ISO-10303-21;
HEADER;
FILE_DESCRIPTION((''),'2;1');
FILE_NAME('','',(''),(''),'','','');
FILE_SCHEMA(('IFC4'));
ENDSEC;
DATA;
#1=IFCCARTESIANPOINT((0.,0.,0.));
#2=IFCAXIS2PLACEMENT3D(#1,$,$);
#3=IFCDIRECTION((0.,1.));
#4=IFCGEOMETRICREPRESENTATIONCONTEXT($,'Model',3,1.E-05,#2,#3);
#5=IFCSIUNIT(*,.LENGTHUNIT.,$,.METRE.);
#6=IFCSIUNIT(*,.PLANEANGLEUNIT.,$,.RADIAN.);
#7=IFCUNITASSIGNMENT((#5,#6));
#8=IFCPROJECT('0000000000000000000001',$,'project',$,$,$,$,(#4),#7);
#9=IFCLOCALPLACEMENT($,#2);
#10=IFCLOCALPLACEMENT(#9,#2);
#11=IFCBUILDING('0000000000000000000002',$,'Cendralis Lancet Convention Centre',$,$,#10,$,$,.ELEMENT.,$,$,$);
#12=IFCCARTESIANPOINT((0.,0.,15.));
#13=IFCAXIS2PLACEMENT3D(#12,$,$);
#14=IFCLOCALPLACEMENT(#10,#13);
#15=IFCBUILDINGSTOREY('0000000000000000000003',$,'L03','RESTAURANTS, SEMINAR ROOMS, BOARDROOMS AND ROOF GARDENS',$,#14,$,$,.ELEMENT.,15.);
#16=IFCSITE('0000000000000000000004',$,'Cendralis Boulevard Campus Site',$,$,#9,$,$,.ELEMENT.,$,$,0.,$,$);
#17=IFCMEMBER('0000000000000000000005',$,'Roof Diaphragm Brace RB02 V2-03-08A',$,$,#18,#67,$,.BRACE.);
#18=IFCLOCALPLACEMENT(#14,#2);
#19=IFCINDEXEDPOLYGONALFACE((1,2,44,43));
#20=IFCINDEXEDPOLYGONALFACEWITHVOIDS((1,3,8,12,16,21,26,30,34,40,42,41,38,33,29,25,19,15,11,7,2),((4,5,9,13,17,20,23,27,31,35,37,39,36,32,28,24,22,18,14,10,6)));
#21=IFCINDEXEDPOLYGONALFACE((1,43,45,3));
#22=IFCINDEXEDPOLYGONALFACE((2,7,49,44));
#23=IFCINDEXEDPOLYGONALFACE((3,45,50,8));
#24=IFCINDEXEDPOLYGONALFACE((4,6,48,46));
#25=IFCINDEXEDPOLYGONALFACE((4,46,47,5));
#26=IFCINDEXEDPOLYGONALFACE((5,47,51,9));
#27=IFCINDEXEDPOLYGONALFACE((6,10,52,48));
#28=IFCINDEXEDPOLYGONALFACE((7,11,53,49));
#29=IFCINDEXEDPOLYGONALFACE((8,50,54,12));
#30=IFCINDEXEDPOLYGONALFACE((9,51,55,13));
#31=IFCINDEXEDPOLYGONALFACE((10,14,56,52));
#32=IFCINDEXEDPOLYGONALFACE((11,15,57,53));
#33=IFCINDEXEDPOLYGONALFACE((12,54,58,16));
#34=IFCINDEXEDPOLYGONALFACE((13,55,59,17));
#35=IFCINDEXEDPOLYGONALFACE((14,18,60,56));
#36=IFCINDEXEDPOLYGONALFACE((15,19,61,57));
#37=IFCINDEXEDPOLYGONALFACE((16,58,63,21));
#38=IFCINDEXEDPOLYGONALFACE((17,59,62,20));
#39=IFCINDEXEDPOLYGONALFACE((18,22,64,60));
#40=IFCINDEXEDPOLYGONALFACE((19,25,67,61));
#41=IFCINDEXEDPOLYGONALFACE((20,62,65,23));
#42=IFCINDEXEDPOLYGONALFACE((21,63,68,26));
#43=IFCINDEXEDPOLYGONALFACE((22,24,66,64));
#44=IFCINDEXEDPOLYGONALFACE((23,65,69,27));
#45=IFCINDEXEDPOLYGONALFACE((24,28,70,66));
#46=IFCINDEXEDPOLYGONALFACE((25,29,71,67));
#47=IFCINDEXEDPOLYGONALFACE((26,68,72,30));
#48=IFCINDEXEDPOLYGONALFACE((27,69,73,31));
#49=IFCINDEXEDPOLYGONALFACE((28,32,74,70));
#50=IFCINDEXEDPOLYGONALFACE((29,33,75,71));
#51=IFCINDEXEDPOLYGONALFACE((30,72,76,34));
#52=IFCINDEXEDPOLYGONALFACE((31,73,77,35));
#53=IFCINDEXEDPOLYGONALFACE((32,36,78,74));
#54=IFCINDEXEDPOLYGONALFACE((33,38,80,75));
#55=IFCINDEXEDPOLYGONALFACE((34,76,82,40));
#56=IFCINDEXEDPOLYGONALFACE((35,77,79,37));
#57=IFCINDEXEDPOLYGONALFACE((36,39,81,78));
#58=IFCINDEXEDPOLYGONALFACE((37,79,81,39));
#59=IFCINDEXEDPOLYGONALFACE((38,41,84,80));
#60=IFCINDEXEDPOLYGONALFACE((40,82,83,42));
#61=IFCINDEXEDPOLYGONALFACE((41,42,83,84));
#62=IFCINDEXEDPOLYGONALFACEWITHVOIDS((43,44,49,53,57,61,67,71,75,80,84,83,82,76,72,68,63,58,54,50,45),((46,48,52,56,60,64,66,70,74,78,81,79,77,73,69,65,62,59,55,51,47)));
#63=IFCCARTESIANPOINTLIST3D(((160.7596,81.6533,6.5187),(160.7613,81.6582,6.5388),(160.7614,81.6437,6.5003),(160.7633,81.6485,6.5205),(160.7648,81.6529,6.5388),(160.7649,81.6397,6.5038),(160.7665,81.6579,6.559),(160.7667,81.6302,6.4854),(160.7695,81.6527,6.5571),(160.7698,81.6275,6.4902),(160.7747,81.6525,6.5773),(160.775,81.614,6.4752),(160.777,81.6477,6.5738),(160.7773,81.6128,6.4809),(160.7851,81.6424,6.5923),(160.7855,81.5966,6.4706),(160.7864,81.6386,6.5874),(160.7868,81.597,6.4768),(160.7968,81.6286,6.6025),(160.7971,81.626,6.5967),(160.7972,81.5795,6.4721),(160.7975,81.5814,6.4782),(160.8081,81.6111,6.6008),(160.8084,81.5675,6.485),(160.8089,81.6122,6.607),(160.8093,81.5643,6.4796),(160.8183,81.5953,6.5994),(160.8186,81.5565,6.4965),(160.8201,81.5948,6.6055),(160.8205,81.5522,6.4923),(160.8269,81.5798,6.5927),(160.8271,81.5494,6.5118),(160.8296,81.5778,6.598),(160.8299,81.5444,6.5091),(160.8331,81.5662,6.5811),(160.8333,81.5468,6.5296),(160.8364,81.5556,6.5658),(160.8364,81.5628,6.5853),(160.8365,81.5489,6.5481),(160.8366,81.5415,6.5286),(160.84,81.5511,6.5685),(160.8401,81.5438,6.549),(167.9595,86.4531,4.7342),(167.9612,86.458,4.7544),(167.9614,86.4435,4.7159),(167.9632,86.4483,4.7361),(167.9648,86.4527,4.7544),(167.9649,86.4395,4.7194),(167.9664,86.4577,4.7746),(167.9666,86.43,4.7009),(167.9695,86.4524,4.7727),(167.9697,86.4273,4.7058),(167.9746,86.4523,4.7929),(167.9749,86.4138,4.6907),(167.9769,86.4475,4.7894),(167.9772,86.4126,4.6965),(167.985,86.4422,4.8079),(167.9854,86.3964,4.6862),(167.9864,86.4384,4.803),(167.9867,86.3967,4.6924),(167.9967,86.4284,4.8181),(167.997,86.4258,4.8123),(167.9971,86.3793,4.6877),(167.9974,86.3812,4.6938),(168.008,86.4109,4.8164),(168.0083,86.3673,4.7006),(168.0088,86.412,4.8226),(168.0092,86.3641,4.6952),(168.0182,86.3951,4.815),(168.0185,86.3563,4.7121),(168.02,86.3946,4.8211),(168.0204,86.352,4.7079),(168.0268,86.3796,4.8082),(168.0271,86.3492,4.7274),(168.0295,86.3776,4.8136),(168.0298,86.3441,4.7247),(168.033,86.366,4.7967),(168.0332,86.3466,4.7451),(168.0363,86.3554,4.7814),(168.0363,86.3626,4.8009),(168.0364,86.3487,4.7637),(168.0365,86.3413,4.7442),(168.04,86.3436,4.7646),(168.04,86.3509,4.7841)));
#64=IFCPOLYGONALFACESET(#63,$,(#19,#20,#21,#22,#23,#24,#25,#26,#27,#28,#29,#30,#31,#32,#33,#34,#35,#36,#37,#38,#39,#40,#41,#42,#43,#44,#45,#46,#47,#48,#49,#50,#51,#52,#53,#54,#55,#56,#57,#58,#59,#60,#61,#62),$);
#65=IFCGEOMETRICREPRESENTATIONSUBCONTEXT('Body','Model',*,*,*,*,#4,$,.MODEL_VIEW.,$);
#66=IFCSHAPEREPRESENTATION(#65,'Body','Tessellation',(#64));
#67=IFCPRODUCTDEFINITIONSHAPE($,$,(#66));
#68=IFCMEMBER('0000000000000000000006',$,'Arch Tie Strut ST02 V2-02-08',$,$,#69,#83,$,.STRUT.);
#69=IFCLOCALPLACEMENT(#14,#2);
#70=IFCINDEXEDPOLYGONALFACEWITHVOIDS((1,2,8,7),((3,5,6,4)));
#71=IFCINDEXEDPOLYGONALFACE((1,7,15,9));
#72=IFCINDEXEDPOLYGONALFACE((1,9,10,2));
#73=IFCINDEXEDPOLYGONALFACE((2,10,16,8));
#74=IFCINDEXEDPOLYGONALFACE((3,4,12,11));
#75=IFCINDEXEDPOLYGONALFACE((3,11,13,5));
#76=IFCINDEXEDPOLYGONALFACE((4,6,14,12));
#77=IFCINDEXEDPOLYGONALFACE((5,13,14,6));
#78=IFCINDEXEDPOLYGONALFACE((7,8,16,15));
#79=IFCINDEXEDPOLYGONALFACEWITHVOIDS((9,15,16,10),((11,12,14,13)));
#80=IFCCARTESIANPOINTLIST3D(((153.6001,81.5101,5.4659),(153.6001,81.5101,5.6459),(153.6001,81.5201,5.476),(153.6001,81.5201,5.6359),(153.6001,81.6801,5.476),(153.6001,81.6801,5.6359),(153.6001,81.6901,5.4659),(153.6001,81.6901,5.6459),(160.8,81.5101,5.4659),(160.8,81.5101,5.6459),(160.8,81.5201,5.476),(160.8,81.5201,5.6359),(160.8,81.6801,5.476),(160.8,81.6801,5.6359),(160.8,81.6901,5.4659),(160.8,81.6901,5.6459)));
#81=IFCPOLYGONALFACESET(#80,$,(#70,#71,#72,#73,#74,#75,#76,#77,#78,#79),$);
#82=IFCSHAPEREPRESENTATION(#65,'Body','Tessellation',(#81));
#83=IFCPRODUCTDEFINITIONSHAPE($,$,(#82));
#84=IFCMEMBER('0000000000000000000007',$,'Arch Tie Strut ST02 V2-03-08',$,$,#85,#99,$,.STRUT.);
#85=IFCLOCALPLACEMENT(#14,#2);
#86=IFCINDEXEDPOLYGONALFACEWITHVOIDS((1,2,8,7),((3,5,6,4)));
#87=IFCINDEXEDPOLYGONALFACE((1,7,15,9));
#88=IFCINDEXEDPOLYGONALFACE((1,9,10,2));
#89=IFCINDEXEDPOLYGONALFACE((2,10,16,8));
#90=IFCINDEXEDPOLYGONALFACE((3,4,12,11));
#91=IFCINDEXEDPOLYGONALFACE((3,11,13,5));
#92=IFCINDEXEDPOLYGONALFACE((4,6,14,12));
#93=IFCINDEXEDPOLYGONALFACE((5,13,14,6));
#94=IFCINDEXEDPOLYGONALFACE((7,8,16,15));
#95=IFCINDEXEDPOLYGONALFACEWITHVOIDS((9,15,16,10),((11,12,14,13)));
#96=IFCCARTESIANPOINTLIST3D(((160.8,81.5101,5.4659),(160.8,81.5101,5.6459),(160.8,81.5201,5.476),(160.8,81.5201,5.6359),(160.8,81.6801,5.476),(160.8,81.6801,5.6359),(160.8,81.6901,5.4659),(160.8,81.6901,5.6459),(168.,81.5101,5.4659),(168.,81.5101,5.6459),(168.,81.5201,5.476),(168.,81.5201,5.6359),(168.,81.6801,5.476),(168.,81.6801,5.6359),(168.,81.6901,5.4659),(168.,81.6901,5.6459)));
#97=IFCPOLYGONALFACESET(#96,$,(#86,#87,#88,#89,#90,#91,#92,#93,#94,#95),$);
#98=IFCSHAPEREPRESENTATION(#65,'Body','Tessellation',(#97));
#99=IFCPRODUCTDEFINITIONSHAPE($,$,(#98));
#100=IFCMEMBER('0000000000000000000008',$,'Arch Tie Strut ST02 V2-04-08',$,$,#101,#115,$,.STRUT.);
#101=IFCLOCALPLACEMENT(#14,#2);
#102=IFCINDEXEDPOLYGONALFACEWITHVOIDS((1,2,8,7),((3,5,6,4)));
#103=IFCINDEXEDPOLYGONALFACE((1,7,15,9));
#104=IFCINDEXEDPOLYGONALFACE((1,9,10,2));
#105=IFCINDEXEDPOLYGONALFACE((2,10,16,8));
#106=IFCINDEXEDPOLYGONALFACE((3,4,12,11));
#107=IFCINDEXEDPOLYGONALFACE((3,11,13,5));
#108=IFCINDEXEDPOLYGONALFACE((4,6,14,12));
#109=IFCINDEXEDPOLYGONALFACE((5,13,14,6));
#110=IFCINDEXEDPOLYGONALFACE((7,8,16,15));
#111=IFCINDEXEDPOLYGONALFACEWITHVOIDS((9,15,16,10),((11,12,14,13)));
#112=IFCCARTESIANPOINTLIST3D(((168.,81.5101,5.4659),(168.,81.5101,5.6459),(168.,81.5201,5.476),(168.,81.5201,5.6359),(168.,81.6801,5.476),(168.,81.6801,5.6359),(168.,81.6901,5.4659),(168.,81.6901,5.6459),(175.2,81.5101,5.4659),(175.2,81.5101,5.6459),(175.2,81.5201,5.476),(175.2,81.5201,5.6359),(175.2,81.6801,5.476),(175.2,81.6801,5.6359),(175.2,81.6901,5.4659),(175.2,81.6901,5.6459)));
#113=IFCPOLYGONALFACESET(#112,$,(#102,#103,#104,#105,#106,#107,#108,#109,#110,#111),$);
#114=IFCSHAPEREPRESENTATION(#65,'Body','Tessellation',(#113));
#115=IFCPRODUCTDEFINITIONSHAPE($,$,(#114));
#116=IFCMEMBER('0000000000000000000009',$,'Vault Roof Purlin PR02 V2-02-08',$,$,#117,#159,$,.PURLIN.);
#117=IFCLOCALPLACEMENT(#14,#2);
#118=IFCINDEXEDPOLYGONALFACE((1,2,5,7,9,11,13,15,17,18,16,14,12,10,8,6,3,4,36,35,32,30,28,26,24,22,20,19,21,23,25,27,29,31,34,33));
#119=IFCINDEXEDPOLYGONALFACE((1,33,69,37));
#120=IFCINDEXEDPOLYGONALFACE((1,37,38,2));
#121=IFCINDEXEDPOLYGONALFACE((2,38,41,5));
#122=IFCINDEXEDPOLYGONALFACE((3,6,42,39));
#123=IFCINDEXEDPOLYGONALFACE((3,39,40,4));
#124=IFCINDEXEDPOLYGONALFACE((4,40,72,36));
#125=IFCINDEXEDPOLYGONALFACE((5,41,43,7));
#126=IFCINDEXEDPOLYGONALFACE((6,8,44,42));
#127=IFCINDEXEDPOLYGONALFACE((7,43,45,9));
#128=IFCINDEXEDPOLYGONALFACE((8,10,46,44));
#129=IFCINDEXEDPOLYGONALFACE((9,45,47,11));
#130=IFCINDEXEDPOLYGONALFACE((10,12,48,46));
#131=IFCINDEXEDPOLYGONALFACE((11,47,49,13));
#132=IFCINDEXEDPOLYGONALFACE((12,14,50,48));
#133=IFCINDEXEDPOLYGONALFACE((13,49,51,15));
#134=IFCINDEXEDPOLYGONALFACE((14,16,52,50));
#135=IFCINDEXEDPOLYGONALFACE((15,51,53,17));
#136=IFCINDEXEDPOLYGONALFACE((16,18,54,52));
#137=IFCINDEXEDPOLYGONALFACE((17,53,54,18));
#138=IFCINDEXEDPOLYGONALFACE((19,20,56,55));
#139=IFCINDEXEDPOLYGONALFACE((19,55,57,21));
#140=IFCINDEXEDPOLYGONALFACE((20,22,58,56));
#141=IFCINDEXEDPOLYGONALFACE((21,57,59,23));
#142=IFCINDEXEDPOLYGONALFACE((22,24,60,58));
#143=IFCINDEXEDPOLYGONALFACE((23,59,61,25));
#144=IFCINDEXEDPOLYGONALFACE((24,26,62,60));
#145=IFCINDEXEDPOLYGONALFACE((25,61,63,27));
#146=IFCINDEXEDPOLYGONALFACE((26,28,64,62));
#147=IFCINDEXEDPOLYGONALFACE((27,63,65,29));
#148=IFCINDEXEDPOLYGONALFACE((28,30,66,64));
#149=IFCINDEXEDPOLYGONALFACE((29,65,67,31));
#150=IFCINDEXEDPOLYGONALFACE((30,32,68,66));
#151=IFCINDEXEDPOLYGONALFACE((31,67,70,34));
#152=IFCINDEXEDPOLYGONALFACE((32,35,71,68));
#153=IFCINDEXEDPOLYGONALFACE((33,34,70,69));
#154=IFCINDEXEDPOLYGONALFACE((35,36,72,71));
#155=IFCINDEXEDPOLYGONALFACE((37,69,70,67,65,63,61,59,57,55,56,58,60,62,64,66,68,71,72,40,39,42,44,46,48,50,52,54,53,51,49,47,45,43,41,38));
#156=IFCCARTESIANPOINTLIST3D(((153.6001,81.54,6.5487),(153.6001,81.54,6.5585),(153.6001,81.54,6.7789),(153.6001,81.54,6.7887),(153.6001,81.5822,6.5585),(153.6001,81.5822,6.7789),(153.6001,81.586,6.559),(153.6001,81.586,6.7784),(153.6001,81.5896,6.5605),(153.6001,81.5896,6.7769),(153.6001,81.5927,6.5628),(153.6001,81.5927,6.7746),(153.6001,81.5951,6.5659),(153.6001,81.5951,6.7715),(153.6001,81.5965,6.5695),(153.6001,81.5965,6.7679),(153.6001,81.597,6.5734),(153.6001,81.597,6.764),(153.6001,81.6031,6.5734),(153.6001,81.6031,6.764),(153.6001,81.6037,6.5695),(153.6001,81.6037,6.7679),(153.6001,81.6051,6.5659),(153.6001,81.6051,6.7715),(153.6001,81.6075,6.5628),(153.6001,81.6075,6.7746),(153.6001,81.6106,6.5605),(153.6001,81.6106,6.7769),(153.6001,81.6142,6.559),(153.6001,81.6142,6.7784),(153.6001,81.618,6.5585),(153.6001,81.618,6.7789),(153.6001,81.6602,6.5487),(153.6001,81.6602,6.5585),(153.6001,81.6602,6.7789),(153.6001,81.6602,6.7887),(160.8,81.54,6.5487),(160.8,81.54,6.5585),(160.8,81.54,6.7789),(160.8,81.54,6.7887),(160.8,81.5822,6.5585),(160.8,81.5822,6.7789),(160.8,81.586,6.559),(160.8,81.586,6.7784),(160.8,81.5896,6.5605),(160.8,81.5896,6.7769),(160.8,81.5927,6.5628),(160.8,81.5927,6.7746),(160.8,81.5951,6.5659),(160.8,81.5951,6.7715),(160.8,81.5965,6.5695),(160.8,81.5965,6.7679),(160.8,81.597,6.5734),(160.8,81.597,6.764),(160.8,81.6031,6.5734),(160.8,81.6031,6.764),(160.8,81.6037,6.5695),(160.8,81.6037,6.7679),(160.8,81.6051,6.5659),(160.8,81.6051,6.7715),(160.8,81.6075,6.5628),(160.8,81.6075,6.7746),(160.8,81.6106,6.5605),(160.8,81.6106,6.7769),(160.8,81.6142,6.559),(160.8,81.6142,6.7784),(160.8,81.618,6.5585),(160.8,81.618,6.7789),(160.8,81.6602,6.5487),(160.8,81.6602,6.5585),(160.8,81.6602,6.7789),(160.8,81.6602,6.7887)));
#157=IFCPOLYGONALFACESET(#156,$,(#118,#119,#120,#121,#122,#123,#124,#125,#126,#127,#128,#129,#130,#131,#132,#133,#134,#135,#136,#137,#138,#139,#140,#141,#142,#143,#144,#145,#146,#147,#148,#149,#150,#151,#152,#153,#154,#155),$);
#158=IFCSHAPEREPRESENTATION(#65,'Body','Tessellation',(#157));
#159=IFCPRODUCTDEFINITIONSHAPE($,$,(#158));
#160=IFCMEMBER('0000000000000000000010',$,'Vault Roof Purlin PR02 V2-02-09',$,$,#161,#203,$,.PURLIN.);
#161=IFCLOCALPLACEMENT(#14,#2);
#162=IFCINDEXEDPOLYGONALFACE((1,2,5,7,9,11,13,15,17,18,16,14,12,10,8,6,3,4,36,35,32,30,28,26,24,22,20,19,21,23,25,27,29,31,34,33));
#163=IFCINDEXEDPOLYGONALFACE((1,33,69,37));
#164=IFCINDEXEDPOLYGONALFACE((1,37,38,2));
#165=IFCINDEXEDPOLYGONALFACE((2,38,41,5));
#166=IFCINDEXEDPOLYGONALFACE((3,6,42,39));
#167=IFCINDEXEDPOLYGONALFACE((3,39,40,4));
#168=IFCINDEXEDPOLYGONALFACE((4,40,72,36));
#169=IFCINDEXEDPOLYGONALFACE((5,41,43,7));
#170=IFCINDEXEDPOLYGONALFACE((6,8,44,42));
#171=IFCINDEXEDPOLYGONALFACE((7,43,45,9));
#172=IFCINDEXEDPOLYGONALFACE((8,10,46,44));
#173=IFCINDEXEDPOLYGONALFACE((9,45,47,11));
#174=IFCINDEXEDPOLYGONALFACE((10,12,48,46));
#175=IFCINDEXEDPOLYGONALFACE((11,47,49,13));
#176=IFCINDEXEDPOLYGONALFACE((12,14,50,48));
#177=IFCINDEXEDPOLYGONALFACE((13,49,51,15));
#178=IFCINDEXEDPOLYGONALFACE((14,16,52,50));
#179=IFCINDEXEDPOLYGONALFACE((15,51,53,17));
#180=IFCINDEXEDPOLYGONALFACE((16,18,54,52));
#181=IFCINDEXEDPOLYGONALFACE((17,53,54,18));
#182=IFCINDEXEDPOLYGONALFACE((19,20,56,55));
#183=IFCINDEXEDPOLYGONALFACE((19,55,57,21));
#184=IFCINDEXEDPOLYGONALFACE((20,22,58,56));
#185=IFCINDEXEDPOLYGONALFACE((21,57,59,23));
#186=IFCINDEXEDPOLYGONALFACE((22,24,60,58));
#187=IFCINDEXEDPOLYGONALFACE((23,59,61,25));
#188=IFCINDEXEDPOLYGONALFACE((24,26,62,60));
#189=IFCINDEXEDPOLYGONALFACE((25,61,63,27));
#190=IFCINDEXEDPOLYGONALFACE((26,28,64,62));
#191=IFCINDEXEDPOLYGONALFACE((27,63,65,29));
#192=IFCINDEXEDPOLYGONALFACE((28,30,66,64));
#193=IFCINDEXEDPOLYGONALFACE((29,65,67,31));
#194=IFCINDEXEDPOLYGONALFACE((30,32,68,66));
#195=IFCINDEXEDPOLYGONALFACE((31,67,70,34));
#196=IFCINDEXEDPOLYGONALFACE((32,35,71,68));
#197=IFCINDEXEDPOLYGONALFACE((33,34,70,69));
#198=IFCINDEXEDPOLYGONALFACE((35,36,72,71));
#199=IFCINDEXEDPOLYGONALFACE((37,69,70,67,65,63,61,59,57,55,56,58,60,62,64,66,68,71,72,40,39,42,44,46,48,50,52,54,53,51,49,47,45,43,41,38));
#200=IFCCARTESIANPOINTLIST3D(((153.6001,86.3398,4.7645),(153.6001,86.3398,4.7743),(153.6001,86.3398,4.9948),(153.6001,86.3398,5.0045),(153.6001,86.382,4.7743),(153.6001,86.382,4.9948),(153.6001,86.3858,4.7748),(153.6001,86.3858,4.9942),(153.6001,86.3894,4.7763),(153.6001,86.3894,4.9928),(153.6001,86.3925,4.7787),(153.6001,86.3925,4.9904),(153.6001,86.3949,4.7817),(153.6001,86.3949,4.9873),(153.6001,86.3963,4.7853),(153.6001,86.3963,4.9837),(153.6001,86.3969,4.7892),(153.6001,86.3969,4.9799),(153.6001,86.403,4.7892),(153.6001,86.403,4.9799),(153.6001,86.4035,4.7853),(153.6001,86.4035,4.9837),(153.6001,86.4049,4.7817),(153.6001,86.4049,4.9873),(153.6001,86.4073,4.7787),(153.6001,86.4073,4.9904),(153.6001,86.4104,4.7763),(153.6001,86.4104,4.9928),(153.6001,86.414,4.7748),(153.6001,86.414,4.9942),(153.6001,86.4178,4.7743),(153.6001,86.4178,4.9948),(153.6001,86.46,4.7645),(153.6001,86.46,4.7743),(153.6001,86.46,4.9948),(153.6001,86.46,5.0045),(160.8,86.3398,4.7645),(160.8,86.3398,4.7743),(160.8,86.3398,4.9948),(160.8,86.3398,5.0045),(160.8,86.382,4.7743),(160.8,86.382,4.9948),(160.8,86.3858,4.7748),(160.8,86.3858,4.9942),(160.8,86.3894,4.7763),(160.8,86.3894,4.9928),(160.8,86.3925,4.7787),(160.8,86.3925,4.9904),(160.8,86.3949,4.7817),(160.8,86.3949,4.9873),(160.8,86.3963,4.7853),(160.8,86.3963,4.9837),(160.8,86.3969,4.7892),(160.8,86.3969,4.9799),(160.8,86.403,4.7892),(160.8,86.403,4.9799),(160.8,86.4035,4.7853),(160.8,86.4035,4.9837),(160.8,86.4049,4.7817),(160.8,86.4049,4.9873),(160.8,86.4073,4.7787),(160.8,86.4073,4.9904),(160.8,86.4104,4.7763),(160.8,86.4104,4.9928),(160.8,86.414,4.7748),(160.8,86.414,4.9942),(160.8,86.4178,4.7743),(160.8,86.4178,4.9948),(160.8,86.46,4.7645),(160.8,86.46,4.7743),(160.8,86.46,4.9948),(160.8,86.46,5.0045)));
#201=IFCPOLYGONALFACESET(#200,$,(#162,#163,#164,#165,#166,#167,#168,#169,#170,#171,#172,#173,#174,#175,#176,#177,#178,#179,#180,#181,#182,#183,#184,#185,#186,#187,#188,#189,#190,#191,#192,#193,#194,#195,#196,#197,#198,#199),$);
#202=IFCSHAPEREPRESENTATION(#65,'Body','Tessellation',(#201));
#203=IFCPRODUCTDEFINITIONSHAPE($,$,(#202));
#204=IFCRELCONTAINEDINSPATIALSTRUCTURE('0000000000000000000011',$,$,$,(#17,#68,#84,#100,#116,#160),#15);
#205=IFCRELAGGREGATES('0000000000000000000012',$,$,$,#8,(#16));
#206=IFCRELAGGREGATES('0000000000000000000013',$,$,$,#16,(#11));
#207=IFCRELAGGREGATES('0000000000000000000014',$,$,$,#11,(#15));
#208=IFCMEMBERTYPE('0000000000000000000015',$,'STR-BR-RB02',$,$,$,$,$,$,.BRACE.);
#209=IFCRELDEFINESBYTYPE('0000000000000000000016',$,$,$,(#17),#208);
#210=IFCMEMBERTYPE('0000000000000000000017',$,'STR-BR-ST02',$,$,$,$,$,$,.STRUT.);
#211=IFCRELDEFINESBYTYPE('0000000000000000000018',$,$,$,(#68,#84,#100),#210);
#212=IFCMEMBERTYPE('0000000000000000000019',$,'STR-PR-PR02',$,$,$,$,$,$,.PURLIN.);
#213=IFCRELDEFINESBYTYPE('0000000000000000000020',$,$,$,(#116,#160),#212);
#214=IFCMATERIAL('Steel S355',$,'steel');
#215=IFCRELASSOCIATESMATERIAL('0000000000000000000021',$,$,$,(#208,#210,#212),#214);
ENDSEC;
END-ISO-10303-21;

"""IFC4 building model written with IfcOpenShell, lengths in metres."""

from ifc_helpers import new_model, si_unit, direction, frame, origin, origin_2d, place, context, subcontext, project, spatial, hollow_rectangle, hollow_circle, i_section, extrude, material, material_profile, profile_set, type_object, element, save


model = new_model("IFC4")

# Units and contexts
model_context = context("Model", 3, precision=1e-05, world=origin(), true_north=direction((0.0, 1.0)))
body_context = subcontext(model_context, "Body", "Model", "MODEL_VIEW")
ifc_project = project(units=[si_unit("LENGTHUNIT", "METRE"), si_unit("PLANEANGLEUNIT", "RADIAN")], contexts=[model_context])

# Site, building, storey
site_placement = place(None, origin())
site = spatial("IfcSite", under=ifc_project, at=site_placement, Name="Cendralis Boulevard Campus Site", CompositionType="ELEMENT", RefElevation=0.0)
building_placement = place(site_placement, origin())
building = spatial("IfcBuilding", under=site, at=building_placement, Name="Cendralis Lancet Convention Centre", CompositionType="ELEMENT")
storey_placement = place(building_placement, frame((0.0, 0.0, 15.0)))
storey = spatial("IfcBuildingStorey", under=building, at=storey_placement, Name="L03", Description="RESTAURANTS, SEMINAR ROOMS, BOARDROOMS AND ROOF GARDENS", CompositionType="ELEMENT", Elevation=15.0)

# Shared definitions
ifc_material_1 = material(Name="Steel S355", Category="steel")

# Members
ifc_material_profile_1 = material_profile(ifc_material_1, hollow_circle(Radius=0.0698, WallThickness=0.0063, at=origin_2d()), Name="CHS 139.7x6.3")
ifc_profile_set_1 = profile_set([ifc_material_profile_1], Name="Steel S355")
member_type_1 = type_object("IfcMemberType", Name="STR-BR-RB02", PredefinedType="BRACE", material=ifc_profile_set_1)
member_1_placement = place(storey_placement, frame((160.8, 81.6001, 6.5388), z_axis=(0.814912, 0.543256, -0.201966), x_axis=(-0.554687, 0.832059, 0.0)))
element("IfcMember", 1, at=member_1_placement, inside=storey, type_object=member_type_1, Name="Roof Diaphragm Brace RB02 V2-03-08A", PredefinedType="BRACE", context=body_context, shape_type="SweptSolid", body=[
    extrude(hollow_circle(Radius=0.0698, WallThickness=0.0063, at=origin_2d()), origin(), (0.0, 0.0, 1.0), 8.8352),
])
ifc_material_profile_2 = material_profile(ifc_material_1, hollow_rectangle(XDim=0.1799, YDim=0.1799, WallThickness=0.01, at=origin_2d()), Name="SHS 180x180x10.0")
ifc_profile_set_2 = profile_set([ifc_material_profile_2], Name="Steel S355")
member_type_2 = type_object("IfcMemberType", Name="STR-BR-ST02", PredefinedType="STRUT", material=ifc_profile_set_2)
for number, where, z_axis, x_axis, name in (
    (2, (153.6001, 81.6001, 5.5559), (1.0, 0.0, 0.0), (0.0, 1.0, 0.0), "Arch Tie Strut ST02 V2-02-08"),
    (3, (160.8, 81.6001, 5.5559), (1.0, 0.0, 0.0), (0.0, 1.0, 0.0), "Arch Tie Strut ST02 V2-03-08"),
    (4, (168.0, 81.6001, 5.5559), (1.0, 0.0, 0.0), (0.0, 1.0, 0.0), "Arch Tie Strut ST02 V2-04-08"),
):
    element("IfcMember", number, at=place(storey_placement, frame(where, z_axis=z_axis, x_axis=x_axis)), inside=storey, type_object=member_type_2, Name=name, PredefinedType="STRUT", context=body_context, shape_type="SweptSolid", body=[
        extrude(hollow_rectangle(XDim=0.1799, YDim=0.1799, WallThickness=0.01, at=origin_2d()), origin(), (0.0, 0.0, 1.0), 7.2),
    ])
ifc_material_profile_3 = material_profile(ifc_material_1, i_section(OverallWidth=0.1201, OverallDepth=0.24, WebThickness=0.0061, FlangeThickness=0.0098, FilletRadius=0.0149, at=origin_2d()), Name="IPE 240")
ifc_profile_set_3 = profile_set([ifc_material_profile_3], Name="Steel S355")
member_type_3 = type_object("IfcMemberType", Name="STR-PR-PR02", PredefinedType="PURLIN", material=ifc_profile_set_3)
for number, where, z_axis, x_axis, name in (
    (5, (153.6001, 81.6001, 6.6687), (1.0, 0.0, 0.0), (0.0, 1.0, 0.0), "Vault Roof Purlin PR02 V2-02-08"),
    (6, (153.6001, 86.3999, 4.8845), (1.0, 0.0, 0.0), (0.0, 1.0, 0.0), "Vault Roof Purlin PR02 V2-02-09"),
):
    element("IfcMember", number, at=place(storey_placement, frame(where, z_axis=z_axis, x_axis=x_axis)), inside=storey, type_object=member_type_3, Name=name, PredefinedType="PURLIN", context=body_context, shape_type="SweptSolid", body=[
        extrude(i_section(OverallWidth=0.1201, OverallDepth=0.24, WebThickness=0.0061, FlangeThickness=0.0098, FilletRadius=0.0149, at=origin_2d()), origin(), (0.0, 0.0, 1.0), 7.2),
    ])

save(model, "model.ifc")
